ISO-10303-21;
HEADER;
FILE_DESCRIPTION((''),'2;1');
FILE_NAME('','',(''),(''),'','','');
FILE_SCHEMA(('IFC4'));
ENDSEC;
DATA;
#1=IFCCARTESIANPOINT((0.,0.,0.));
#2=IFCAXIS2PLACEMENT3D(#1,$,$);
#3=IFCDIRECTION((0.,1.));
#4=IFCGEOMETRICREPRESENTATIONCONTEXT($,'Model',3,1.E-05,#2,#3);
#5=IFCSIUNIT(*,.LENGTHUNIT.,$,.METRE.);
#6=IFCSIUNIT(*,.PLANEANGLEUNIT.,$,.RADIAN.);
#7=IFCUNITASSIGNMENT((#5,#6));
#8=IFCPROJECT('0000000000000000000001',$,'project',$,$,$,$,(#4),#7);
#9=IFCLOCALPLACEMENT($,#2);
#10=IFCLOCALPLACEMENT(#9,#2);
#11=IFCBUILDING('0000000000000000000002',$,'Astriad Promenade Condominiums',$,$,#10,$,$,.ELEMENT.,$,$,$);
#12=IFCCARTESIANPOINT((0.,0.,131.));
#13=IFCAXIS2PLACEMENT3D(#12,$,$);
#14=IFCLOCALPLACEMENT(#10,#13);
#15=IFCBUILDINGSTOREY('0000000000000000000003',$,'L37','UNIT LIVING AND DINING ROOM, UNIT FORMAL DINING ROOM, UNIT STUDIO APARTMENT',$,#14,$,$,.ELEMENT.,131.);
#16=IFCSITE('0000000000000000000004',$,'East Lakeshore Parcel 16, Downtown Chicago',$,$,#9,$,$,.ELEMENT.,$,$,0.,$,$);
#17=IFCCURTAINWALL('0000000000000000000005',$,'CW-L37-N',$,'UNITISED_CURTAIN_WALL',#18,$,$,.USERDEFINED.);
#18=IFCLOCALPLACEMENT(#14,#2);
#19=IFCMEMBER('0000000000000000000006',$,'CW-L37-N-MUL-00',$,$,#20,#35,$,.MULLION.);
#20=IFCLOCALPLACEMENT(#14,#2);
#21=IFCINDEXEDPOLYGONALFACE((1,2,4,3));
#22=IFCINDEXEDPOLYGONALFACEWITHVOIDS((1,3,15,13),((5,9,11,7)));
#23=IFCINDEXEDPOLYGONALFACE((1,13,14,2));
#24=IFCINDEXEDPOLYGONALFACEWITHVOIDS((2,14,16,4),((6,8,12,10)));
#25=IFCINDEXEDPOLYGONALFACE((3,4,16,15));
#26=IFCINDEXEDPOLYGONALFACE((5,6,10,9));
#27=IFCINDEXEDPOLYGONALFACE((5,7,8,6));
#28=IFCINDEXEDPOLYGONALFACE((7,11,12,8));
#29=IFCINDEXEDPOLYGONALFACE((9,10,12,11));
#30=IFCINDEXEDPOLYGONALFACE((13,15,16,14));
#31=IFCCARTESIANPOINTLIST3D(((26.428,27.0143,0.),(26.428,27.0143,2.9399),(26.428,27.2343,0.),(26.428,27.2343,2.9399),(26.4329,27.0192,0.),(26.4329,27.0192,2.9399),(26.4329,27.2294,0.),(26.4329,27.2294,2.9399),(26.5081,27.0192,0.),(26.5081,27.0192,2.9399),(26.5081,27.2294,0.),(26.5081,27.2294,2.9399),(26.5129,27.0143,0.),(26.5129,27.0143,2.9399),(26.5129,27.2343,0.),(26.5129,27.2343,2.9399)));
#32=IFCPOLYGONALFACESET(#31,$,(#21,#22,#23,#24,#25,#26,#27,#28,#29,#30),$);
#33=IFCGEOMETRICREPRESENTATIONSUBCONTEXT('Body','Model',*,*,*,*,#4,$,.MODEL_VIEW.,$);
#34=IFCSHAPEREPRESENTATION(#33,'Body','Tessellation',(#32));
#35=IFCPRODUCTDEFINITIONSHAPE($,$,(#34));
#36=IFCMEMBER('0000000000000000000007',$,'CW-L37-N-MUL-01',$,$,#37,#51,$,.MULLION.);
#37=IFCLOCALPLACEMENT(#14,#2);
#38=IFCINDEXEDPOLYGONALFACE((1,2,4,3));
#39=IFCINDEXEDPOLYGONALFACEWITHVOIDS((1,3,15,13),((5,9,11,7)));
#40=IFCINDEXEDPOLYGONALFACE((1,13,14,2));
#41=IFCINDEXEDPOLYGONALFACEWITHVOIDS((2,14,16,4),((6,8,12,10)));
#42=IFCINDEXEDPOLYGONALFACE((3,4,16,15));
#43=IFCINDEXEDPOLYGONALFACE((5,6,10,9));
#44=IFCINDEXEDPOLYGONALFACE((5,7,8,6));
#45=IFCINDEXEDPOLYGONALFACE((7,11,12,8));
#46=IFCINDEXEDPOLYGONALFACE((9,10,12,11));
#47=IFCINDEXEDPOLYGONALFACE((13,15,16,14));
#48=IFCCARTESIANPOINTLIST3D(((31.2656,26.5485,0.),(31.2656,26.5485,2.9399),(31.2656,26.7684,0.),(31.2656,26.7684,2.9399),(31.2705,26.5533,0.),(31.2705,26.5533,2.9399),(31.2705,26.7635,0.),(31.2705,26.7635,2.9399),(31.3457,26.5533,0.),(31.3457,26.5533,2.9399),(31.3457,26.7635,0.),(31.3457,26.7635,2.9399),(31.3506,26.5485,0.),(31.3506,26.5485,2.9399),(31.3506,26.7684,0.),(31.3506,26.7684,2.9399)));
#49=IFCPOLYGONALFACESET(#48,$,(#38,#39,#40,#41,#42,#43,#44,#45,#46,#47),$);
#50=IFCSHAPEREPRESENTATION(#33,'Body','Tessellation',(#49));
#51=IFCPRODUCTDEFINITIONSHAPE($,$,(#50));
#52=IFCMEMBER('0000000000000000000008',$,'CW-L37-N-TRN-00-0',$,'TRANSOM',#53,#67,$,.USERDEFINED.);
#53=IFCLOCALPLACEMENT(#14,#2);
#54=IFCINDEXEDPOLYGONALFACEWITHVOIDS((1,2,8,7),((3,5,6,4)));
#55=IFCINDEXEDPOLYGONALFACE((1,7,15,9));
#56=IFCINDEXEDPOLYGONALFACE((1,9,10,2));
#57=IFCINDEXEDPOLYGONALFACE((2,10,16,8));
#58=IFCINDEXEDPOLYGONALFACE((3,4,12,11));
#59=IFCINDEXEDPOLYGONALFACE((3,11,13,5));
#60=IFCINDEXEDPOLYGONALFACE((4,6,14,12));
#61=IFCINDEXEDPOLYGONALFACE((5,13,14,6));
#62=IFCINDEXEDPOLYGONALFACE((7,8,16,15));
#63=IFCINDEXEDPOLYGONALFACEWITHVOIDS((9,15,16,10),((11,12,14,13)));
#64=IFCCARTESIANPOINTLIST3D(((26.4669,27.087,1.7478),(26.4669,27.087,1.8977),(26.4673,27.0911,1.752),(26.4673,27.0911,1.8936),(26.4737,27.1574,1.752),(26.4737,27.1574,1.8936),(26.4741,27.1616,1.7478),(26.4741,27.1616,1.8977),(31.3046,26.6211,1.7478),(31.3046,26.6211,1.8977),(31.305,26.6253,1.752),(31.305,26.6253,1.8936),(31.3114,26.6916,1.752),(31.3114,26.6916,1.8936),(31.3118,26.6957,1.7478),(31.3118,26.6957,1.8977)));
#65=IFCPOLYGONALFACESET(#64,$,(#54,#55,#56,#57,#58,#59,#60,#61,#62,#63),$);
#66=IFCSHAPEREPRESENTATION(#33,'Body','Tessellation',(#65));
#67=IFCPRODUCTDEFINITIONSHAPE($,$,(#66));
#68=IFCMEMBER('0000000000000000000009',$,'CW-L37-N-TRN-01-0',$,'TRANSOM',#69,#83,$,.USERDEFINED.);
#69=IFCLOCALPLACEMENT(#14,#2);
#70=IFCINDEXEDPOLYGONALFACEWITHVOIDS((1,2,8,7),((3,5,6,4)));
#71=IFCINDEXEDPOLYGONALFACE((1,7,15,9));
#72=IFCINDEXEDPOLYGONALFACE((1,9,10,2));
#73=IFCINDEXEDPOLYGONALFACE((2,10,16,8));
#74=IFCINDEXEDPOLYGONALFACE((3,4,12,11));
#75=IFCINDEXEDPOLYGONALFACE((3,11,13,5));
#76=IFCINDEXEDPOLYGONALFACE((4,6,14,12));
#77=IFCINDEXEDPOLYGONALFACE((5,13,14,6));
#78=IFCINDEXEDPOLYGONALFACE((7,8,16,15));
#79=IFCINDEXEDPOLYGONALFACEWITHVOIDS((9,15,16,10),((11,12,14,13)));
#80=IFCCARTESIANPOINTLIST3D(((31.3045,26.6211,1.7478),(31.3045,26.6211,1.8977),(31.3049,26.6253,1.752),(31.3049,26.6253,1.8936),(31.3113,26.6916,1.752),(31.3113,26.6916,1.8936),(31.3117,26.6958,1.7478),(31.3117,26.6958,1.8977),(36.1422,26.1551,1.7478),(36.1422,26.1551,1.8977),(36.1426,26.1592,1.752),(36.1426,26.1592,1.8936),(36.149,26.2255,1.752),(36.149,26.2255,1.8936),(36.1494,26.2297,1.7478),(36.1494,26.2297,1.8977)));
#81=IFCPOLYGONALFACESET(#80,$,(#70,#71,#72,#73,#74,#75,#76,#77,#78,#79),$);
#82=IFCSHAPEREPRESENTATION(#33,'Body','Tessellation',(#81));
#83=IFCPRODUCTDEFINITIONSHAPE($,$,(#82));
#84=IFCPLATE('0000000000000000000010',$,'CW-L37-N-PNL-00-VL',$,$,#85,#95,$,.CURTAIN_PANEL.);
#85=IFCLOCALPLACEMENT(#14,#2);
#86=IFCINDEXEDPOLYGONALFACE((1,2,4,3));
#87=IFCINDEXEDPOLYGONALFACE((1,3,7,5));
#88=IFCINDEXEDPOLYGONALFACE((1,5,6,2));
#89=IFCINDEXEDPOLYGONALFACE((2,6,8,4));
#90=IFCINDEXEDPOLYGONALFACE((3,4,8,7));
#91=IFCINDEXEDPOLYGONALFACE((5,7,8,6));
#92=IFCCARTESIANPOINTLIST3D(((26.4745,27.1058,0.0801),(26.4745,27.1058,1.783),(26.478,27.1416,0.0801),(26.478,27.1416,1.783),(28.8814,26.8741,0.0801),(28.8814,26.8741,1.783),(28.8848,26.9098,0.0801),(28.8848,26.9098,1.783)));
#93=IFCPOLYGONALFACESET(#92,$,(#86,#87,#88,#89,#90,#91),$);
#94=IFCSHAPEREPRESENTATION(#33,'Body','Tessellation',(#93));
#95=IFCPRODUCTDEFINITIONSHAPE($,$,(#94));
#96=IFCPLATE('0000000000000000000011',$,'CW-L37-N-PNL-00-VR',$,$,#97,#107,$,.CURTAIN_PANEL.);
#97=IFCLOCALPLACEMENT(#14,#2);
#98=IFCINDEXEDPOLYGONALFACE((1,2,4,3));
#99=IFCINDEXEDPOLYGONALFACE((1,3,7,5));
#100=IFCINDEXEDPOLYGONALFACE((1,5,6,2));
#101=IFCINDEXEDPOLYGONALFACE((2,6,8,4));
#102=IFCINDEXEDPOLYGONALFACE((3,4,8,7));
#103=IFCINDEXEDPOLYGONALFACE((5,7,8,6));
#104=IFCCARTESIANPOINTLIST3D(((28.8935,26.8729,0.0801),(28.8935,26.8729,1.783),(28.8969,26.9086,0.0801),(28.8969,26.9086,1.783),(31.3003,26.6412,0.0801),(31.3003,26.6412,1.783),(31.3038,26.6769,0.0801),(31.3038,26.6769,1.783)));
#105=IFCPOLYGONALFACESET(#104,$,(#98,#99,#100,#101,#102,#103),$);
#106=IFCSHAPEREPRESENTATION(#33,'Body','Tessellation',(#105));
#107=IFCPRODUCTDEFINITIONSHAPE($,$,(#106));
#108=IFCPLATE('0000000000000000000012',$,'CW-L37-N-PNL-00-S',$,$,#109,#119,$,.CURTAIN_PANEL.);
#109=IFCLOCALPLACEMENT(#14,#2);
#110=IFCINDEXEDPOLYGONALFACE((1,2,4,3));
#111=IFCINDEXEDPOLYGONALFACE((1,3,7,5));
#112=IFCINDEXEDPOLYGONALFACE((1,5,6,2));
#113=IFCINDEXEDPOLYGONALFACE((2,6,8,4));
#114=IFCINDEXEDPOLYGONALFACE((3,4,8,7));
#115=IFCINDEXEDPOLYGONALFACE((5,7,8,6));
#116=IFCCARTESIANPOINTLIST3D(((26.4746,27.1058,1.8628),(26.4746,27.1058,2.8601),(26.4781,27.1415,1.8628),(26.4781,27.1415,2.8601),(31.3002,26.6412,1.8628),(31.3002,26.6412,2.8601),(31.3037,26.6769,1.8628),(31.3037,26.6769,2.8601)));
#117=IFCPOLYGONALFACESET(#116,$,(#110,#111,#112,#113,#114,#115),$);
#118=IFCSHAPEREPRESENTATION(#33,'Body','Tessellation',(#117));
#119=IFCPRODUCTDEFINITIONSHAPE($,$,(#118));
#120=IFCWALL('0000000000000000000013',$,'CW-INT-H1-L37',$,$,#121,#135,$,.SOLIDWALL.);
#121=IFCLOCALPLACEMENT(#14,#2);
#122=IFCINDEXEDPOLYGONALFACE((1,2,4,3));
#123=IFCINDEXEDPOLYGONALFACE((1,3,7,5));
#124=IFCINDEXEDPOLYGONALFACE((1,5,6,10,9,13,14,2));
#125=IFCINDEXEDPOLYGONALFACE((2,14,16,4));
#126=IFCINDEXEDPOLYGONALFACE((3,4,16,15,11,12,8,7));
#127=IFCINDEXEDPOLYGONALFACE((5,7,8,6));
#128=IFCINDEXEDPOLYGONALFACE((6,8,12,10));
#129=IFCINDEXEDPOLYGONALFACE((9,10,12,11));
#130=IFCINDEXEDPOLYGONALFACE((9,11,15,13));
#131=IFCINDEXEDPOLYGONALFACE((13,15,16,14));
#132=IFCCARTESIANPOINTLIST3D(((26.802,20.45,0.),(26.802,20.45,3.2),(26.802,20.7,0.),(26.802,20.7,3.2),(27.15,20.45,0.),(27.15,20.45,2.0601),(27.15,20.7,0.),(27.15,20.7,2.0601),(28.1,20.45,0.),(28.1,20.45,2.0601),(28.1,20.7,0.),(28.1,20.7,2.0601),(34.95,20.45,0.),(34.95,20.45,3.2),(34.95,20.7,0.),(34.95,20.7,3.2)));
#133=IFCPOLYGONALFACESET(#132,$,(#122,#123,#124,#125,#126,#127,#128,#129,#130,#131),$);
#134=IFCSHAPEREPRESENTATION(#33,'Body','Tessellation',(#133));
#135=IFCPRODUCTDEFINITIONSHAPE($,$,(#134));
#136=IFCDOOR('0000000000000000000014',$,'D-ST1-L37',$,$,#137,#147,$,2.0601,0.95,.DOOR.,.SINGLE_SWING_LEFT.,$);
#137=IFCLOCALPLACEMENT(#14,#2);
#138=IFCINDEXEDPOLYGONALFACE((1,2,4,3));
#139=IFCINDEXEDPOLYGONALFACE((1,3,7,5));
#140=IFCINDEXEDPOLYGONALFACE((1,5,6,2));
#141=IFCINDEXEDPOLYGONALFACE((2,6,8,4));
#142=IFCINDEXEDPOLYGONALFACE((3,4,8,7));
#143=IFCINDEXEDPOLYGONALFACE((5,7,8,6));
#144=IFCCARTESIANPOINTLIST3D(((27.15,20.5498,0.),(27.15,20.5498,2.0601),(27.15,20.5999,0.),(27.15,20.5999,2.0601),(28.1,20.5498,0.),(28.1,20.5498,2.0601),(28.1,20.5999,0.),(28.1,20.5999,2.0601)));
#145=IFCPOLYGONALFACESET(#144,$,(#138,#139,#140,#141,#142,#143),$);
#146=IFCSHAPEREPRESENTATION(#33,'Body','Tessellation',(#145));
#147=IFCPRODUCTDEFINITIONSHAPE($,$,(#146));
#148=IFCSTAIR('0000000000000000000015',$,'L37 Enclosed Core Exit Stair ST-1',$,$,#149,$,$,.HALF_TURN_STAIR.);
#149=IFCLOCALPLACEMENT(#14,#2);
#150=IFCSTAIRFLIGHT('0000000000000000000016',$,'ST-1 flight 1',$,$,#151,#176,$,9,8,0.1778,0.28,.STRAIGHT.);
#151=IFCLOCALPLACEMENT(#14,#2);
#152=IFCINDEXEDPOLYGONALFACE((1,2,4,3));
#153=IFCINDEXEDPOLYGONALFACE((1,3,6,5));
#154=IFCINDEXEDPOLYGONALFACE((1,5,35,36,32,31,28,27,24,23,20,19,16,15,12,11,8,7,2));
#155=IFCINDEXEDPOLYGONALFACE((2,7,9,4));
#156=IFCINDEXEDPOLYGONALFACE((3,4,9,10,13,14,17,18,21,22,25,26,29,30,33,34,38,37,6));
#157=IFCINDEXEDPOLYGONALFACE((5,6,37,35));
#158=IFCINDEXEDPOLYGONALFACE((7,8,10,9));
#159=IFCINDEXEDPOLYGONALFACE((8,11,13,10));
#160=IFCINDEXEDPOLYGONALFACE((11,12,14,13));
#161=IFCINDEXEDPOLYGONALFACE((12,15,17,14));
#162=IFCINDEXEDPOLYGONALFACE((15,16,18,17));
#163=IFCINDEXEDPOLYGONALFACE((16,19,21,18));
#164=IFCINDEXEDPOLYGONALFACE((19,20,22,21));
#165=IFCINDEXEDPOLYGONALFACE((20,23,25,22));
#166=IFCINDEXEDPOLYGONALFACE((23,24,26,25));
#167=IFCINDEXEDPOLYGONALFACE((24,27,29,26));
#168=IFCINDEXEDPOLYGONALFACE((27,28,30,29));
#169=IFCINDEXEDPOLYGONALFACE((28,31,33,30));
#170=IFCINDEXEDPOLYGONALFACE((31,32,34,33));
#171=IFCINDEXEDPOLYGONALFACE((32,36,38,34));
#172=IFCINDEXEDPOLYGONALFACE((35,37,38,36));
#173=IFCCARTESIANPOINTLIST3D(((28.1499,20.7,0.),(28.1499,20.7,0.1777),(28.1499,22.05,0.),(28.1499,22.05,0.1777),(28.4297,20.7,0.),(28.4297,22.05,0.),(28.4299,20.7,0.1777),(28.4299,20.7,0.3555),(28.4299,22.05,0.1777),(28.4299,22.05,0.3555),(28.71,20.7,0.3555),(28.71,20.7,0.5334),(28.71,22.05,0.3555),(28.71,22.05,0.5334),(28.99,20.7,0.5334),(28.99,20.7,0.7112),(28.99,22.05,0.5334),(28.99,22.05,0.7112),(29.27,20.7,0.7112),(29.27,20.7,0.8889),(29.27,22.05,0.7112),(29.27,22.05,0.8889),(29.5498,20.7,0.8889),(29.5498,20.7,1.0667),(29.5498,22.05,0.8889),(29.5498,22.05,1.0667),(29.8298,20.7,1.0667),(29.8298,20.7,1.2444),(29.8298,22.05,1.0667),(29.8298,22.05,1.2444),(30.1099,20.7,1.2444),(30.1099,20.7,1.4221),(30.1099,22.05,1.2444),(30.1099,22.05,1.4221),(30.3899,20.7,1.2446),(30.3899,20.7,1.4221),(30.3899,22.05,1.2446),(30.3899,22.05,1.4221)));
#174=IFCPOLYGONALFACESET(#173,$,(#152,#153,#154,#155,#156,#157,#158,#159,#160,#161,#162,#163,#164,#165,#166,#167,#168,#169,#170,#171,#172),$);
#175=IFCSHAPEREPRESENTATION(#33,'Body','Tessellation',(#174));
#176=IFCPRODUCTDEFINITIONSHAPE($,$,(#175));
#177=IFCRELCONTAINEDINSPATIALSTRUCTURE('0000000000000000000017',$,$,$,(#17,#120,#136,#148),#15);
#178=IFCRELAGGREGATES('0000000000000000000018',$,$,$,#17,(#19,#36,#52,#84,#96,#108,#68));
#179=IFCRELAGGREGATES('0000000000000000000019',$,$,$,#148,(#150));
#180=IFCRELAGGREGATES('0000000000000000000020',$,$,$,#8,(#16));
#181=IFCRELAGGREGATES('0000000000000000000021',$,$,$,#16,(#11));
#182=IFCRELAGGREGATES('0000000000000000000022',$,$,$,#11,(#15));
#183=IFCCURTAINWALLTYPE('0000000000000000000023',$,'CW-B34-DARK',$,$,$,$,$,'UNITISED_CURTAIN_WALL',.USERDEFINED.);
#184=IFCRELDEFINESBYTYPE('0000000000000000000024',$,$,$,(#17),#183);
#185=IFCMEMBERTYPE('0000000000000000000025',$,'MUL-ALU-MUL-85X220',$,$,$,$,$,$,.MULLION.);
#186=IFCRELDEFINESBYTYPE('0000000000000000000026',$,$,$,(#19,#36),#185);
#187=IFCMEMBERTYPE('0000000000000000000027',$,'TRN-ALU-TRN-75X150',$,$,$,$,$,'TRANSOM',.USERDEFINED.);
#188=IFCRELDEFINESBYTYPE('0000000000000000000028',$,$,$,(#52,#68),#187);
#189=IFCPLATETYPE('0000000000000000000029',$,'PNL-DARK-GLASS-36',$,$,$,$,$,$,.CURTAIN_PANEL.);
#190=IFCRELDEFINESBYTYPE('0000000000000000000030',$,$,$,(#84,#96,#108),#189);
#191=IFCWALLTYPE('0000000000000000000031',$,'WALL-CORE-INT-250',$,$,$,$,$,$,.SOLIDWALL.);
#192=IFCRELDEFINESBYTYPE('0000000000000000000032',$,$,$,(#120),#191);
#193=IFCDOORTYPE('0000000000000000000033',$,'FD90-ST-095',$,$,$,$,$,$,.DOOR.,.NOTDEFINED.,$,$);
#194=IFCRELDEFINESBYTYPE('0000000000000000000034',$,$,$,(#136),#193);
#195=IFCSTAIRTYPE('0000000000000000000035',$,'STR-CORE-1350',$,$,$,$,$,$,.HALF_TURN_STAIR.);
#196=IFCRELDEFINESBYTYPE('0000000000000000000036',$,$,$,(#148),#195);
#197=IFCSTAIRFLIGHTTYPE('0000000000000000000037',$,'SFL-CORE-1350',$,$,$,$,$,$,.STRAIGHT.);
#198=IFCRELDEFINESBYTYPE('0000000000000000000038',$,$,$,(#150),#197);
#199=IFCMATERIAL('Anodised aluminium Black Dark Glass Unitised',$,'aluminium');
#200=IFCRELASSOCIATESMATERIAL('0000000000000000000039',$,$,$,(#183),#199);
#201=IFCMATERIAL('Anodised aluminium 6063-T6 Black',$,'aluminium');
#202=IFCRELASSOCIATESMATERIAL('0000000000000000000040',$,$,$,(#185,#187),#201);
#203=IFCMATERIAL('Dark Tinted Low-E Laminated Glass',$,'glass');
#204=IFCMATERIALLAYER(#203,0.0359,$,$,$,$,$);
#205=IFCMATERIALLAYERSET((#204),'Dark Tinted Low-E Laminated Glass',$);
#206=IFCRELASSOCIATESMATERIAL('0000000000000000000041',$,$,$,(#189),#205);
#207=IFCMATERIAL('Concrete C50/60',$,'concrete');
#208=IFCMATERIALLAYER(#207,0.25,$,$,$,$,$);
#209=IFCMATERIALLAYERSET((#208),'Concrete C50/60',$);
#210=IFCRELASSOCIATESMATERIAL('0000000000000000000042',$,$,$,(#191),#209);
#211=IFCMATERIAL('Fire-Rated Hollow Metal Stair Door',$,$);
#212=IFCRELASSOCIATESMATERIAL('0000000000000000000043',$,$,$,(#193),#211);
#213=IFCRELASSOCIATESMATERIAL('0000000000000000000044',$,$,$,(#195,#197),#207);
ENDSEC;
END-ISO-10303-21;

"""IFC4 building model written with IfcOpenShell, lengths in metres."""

from ifc_helpers import new_model, si_unit, direction, frame, frame_2d, origin, origin_2d, place, context, subcontext, project, spatial, polyline, rectangle, hollow_rectangle, outline, extrude, source, transform, mapped, material, layer, layer_set, material_profile, profile_set, type_object, type_shapes, element, fill, aggregate, save


model = new_model("IFC4")

# Units and contexts
model_context = context("Model", 3, precision=1e-05, world=origin(), true_north=direction((0.0, 1.0)))
body_context = subcontext(model_context, "Body", "Model", "MODEL_VIEW")
ifc_project = project(units=[si_unit("LENGTHUNIT", "METRE"), si_unit("PLANEANGLEUNIT", "RADIAN")], contexts=[model_context])

# Site, building, storey
site_placement = place(None, origin())
site = spatial("IfcSite", under=ifc_project, at=site_placement, Name="East Lakeshore Parcel 16, Downtown Chicago", CompositionType="ELEMENT", RefElevation=0.0)
building_placement = place(site_placement, origin())
building = spatial("IfcBuilding", under=site, at=building_placement, Name="Astriad Promenade Condominiums", CompositionType="ELEMENT")
storey_placement = place(building_placement, frame((0.0, 0.0, 131.0)))
storey = spatial("IfcBuildingStorey", under=building, at=storey_placement, Name="L37", Description="UNIT LIVING AND DINING ROOM, UNIT FORMAL DINING ROOM, UNIT STUDIO APARTMENT", CompositionType="ELEMENT", Elevation=131.0)

# Curtain wall, members, plates
ifc_material_1 = material(Name="Anodised aluminium Black Dark Glass Unitised", Category="aluminium")
curtain_wall_type = type_object("IfcCurtainWallType", Name="CW-B34-DARK", ElementType="UNITISED_CURTAIN_WALL", PredefinedType="USERDEFINED", material=ifc_material_1)
curtain_wall_placement = place(storey_placement, origin())
curtain_wall = element("IfcCurtainWall", 1, at=curtain_wall_placement, inside=storey, type_object=curtain_wall_type, Name="CW-L37-N", ObjectType="UNITISED_CURTAIN_WALL", PredefinedType="USERDEFINED")
ifc_material_2 = material(Name="Anodised aluminium 6063-T6 Black", Category="aluminium")
ifc_material_profile_1 = material_profile(ifc_material_2, hollow_rectangle(XDim=0.085, YDim=0.22, WallThickness=0.0049, at=origin_2d()), Name="ALU-MUL-85X220")
ifc_profile_set_1 = profile_set([ifc_material_profile_1], Name="Anodised aluminium 6063-T6 Black")
member_type_1 = type_object("IfcMemberType", Name="MUL-ALU-MUL-85X220", PredefinedType="MULLION", material=ifc_profile_set_1)
shared_shape_1 = source(origin(), body_context, "Body", "SweptSolid", [
    extrude(hollow_rectangle(XDim=0.085, YDim=0.22, WallThickness=0.0049, at=origin_2d()), origin(), (0.0, 0.0, 1.0), 2.9399),
])
type_shapes(member_type_1, [shared_shape_1])
member_1_placement = place(storey_placement, frame((26.4705, 27.1243, 0.0), z_axis=(0.0, 0.0, 1.0), x_axis=(1.0, 0.0, 0.0)))
member_1 = element("IfcMember", 2, at=member_1_placement, type_object=member_type_1, Name="CW-L37-N-MUL-00", PredefinedType="MULLION", context=body_context, shape_type="MappedRepresentation", body=[
    mapped(shared_shape_1, transform((0.0, 0.0, 0.0), scale=1.0)),
])
member_2_placement = place(storey_placement, frame((31.3081, 26.6584, 0.0), z_axis=(0.0, 0.0, 1.0), x_axis=(1.0, 0.0, 0.0)))
member_2 = element("IfcMember", 3, at=member_2_placement, type_object=member_type_1, Name="CW-L37-N-MUL-01", PredefinedType="MULLION", context=body_context, shape_type="MappedRepresentation", body=[
    mapped(shared_shape_1, transform((0.0, 0.0, 0.0), scale=1.0)),
])
ifc_material_profile_2 = material_profile(ifc_material_2, hollow_rectangle(XDim=0.075, YDim=0.1499, WallThickness=0.0042, at=origin_2d()), Name="ALU-TRN-75X150")
ifc_profile_set_2 = profile_set([ifc_material_profile_2], Name="Anodised aluminium 6063-T6 Black")
member_type_2 = type_object("IfcMemberType", Name="TRN-ALU-TRN-75X150", ElementType="TRANSOM", PredefinedType="USERDEFINED", material=ifc_profile_set_2)
shared_shape_2 = source(origin(), body_context, "Body", "SweptSolid", [
    extrude(hollow_rectangle(XDim=0.075, YDim=0.1499, WallThickness=0.0042, at=origin_2d()), origin(), (0.0, 0.0, 1.0), 4.8601),
])
type_shapes(member_type_2, [shared_shape_2])
member_3_placement = place(storey_placement, frame((26.4705, 27.1243, 1.8228), z_axis=(0.995396, -0.095847, 0.0), x_axis=(0.095847, 0.995396, 0.0)))
member_3 = element("IfcMember", 4, at=member_3_placement, type_object=member_type_2, Name="CW-L37-N-TRN-00-0", ObjectType="TRANSOM", PredefinedType="USERDEFINED", context=body_context, shape_type="MappedRepresentation", body=[
    mapped(shared_shape_2, transform((0.0, 0.0, 0.0), scale=1.0)),
])
member_4_placement = place(storey_placement, frame((31.3081, 26.6584, 1.8228), z_axis=(0.995391, -0.095897, 0.0), x_axis=(0.095897, 0.995391, 0.0)))
member_4 = element("IfcMember", 5, at=member_4_placement, type_object=member_type_2, Name="CW-L37-N-TRN-01-0", ObjectType="TRANSOM", PredefinedType="USERDEFINED", context=body_context, shape_type="MappedRepresentation", body=[
    mapped(shared_shape_2, transform((0.0, 0.0, 0.0), scale=1.0)),
])
ifc_material_3 = material(Name="Dark Tinted Low-E Laminated Glass", Category="glass")
ifc_layer_1 = layer(ifc_material_3, 0.0359)
ifc_layer_set_1 = layer_set([ifc_layer_1], Name="Dark Tinted Low-E Laminated Glass")
plate_type = type_object("IfcPlateType", Name="PNL-DARK-GLASS-36", PredefinedType="CURTAIN_PANEL", material=ifc_layer_set_1)
shared_shape_3 = source(origin(), body_context, "Body", "SweptSolid", [
    extrude(rectangle(XDim=2.418, YDim=0.0359, at=origin_2d()), origin(), (0.0, 0.0, 1.0), 1.7029),
])
plate_1_placement = place(storey_placement, frame((27.6797, 27.0078, 0.0801), z_axis=(0.0, 0.0, 1.0), x_axis=(0.995396, -0.095846, 0.0)))
plate_1 = element("IfcPlate", 6, at=plate_1_placement, type_object=plate_type, Name="CW-L37-N-PNL-00-VL", PredefinedType="CURTAIN_PANEL", context=body_context, shape_type="MappedRepresentation", body=[
    mapped(shared_shape_3, transform((0.0, 0.0, 0.0), scale=1.0)),
])
plate_2_placement = place(storey_placement, frame((30.0986, 26.7749, 0.0801), z_axis=(0.0, 0.0, 1.0), x_axis=(0.995396, -0.095846, 0.0)))
plate_2 = element("IfcPlate", 7, at=plate_2_placement, type_object=plate_type, Name="CW-L37-N-PNL-00-VR", PredefinedType="CURTAIN_PANEL", context=body_context, shape_type="MappedRepresentation", body=[
    mapped(shared_shape_3, transform((0.0, 0.0, 0.0), scale=1.0)),
])
shared_shape_4 = source(origin(), body_context, "Body", "SweptSolid", [
    extrude(rectangle(XDim=4.8479, YDim=0.0359, at=origin_2d()), origin(), (0.0, 0.0, 1.0), 0.9973),
])
type_shapes(plate_type, [shared_shape_3, shared_shape_4])
plate_3_placement = place(storey_placement, frame((28.8892, 26.8914, 1.8628), z_axis=(0.0, 0.0, 1.0), x_axis=(0.995396, -0.095846, 0.0)))
plate_3 = element("IfcPlate", 8, at=plate_3_placement, type_object=plate_type, Name="CW-L37-N-PNL-00-S", PredefinedType="CURTAIN_PANEL", context=body_context, shape_type="MappedRepresentation", body=[
    mapped(shared_shape_4, transform((0.0, 0.0, 0.0), scale=1.0)),
])
aggregate(curtain_wall, [member_1, member_2, member_3, plate_1, plate_2, plate_3, member_4])

# Wall, opening, door
ifc_material_4 = material(Name="Concrete C50/60", Category="concrete")
ifc_layer_2 = layer(ifc_material_4, 0.25)
ifc_layer_set_2 = layer_set([ifc_layer_2], Name="Concrete C50/60")
wall_type = type_object("IfcWallType", Name="WALL-CORE-INT-250", PredefinedType="SOLIDWALL", material=ifc_layer_set_2)
wall_placement = place(storey_placement, frame((26.802, 20.575, 0.0), z_axis=(0.0, 0.0, 1.0), x_axis=(1.0, 0.0, 0.0)))
wall = element("IfcWall", 9, at=wall_placement, inside=storey, type_object=wall_type, Name="CW-INT-H1-L37", PredefinedType="SOLIDWALL", context=body_context, shape_type="SweptSolid", body=[
    extrude(rectangle(XDim=8.1479, YDim=0.25, at=frame_2d((4.074, 0.0))), origin(), (0.0, 0.0, 1.0), 3.2),
])
opening_placement = place(wall_placement, frame((0.3479, 0.0, 0.0)))
opening = element("IfcOpeningElement", 10, at=opening_placement, cuts=wall, PredefinedType="OPENING", context=body_context, shape_type="SweptSolid", body=[
    extrude(rectangle(XDim=0.95, YDim=2.0601, at=frame_2d((0.4751, 1.03))), frame((0.0, 0.135, 0.0), z_axis=(0.0, -1.0, 0.0), x_axis=(1.0, 0.0, 0.0)), (0.0, 0.0, 1.0), 0.27),
])
ifc_material_5 = material(Name="Fire-Rated Hollow Metal Stair Door")
door_type = type_object("IfcDoorType", Name="FD90-ST-095", OperationType="NOTDEFINED", PredefinedType="DOOR", material=ifc_material_5)
shared_shape_5 = source(origin(), body_context, "Body", "SweptSolid", [
    extrude(rectangle(XDim=0.95, YDim=2.0601, at=frame_2d((0.4751, 1.03))), frame((0.0, 0.0249, 0.0), z_axis=(0.0, -1.0, 0.0), x_axis=(1.0, 0.0, 0.0)), (0.0, 0.0, 1.0), 0.05),
])
type_shapes(door_type, [shared_shape_5])
door_placement = place(opening_placement, origin())
door = element("IfcDoor", 11, at=door_placement, inside=storey, type_object=door_type, Name="D-ST1-L37", OperationType="SINGLE_SWING_LEFT", OverallHeight=2.0601, OverallWidth=0.95, PredefinedType="DOOR", context=body_context, shape_type="MappedRepresentation", body=[
    mapped(shared_shape_5, transform((0.0, 0.0, 0.0), scale=1.0)),
])
fill(opening, door)

# Stair, stair flight
stair_type = type_object("IfcStairType", Name="STR-CORE-1350", PredefinedType="HALF_TURN_STAIR", material=ifc_material_4)
stair_placement = place(storey_placement, origin())
stair = element("IfcStair", 12, at=stair_placement, inside=storey, type_object=stair_type, Name="L37 Enclosed Core Exit Stair ST-1", PredefinedType="HALF_TURN_STAIR")
stair_flight_type = type_object("IfcStairFlightType", Name="SFL-CORE-1350", PredefinedType="STRAIGHT", material=ifc_material_4)
shared_shape_6 = source(origin(), body_context, "Body", "SweptSolid", [
    extrude(outline(polyline([(0.0, 0.0), (0.0, 0.1777), (0.28, 0.1777), (0.28, 0.3555), (0.5601, 0.3555), (0.5601, 0.5334), (0.8401, 0.5334), (0.8401, 0.7112), (1.1201, 0.7112), (1.1201, 0.8889), (1.3999, 0.8889), (1.3999, 1.0667), (1.6799, 1.0667), (1.6799, 1.2444), (1.96, 1.2444), (1.96, 1.4221), (2.24, 1.4221), (2.24, 1.6001), (2.24, 1.2446), (0.2798, 0.0), (0.0, 0.0)])), frame((0.0, 0.675, 0.0), z_axis=(0.0, -1.0, 0.0), x_axis=(1.0, 0.0, 0.0)), (0.0, 0.0, 1.0), 1.3501),
])
type_shapes(stair_flight_type, [shared_shape_6])
stair_flight_1_placement = place(storey_placement, frame((28.1499, 21.375, 0.0), z_axis=(0.0, 0.0, 1.0), x_axis=(1.0, 0.0, 0.0)))
stair_flight_1 = element("IfcStairFlight", 13, at=stair_flight_1_placement, type_object=stair_flight_type, Name="ST-1 flight 1", NumberOfRisers=9, NumberOfTreads=8, PredefinedType="STRAIGHT", RiserHeight=0.1778, TreadLength=0.28, context=body_context, shape_type="MappedRepresentation", body=[
    mapped(shared_shape_6, transform((0.0, 0.0, 0.0), scale=1.0)),
])
aggregate(stair, [stair_flight_1])

save(model, "model.ifc")
